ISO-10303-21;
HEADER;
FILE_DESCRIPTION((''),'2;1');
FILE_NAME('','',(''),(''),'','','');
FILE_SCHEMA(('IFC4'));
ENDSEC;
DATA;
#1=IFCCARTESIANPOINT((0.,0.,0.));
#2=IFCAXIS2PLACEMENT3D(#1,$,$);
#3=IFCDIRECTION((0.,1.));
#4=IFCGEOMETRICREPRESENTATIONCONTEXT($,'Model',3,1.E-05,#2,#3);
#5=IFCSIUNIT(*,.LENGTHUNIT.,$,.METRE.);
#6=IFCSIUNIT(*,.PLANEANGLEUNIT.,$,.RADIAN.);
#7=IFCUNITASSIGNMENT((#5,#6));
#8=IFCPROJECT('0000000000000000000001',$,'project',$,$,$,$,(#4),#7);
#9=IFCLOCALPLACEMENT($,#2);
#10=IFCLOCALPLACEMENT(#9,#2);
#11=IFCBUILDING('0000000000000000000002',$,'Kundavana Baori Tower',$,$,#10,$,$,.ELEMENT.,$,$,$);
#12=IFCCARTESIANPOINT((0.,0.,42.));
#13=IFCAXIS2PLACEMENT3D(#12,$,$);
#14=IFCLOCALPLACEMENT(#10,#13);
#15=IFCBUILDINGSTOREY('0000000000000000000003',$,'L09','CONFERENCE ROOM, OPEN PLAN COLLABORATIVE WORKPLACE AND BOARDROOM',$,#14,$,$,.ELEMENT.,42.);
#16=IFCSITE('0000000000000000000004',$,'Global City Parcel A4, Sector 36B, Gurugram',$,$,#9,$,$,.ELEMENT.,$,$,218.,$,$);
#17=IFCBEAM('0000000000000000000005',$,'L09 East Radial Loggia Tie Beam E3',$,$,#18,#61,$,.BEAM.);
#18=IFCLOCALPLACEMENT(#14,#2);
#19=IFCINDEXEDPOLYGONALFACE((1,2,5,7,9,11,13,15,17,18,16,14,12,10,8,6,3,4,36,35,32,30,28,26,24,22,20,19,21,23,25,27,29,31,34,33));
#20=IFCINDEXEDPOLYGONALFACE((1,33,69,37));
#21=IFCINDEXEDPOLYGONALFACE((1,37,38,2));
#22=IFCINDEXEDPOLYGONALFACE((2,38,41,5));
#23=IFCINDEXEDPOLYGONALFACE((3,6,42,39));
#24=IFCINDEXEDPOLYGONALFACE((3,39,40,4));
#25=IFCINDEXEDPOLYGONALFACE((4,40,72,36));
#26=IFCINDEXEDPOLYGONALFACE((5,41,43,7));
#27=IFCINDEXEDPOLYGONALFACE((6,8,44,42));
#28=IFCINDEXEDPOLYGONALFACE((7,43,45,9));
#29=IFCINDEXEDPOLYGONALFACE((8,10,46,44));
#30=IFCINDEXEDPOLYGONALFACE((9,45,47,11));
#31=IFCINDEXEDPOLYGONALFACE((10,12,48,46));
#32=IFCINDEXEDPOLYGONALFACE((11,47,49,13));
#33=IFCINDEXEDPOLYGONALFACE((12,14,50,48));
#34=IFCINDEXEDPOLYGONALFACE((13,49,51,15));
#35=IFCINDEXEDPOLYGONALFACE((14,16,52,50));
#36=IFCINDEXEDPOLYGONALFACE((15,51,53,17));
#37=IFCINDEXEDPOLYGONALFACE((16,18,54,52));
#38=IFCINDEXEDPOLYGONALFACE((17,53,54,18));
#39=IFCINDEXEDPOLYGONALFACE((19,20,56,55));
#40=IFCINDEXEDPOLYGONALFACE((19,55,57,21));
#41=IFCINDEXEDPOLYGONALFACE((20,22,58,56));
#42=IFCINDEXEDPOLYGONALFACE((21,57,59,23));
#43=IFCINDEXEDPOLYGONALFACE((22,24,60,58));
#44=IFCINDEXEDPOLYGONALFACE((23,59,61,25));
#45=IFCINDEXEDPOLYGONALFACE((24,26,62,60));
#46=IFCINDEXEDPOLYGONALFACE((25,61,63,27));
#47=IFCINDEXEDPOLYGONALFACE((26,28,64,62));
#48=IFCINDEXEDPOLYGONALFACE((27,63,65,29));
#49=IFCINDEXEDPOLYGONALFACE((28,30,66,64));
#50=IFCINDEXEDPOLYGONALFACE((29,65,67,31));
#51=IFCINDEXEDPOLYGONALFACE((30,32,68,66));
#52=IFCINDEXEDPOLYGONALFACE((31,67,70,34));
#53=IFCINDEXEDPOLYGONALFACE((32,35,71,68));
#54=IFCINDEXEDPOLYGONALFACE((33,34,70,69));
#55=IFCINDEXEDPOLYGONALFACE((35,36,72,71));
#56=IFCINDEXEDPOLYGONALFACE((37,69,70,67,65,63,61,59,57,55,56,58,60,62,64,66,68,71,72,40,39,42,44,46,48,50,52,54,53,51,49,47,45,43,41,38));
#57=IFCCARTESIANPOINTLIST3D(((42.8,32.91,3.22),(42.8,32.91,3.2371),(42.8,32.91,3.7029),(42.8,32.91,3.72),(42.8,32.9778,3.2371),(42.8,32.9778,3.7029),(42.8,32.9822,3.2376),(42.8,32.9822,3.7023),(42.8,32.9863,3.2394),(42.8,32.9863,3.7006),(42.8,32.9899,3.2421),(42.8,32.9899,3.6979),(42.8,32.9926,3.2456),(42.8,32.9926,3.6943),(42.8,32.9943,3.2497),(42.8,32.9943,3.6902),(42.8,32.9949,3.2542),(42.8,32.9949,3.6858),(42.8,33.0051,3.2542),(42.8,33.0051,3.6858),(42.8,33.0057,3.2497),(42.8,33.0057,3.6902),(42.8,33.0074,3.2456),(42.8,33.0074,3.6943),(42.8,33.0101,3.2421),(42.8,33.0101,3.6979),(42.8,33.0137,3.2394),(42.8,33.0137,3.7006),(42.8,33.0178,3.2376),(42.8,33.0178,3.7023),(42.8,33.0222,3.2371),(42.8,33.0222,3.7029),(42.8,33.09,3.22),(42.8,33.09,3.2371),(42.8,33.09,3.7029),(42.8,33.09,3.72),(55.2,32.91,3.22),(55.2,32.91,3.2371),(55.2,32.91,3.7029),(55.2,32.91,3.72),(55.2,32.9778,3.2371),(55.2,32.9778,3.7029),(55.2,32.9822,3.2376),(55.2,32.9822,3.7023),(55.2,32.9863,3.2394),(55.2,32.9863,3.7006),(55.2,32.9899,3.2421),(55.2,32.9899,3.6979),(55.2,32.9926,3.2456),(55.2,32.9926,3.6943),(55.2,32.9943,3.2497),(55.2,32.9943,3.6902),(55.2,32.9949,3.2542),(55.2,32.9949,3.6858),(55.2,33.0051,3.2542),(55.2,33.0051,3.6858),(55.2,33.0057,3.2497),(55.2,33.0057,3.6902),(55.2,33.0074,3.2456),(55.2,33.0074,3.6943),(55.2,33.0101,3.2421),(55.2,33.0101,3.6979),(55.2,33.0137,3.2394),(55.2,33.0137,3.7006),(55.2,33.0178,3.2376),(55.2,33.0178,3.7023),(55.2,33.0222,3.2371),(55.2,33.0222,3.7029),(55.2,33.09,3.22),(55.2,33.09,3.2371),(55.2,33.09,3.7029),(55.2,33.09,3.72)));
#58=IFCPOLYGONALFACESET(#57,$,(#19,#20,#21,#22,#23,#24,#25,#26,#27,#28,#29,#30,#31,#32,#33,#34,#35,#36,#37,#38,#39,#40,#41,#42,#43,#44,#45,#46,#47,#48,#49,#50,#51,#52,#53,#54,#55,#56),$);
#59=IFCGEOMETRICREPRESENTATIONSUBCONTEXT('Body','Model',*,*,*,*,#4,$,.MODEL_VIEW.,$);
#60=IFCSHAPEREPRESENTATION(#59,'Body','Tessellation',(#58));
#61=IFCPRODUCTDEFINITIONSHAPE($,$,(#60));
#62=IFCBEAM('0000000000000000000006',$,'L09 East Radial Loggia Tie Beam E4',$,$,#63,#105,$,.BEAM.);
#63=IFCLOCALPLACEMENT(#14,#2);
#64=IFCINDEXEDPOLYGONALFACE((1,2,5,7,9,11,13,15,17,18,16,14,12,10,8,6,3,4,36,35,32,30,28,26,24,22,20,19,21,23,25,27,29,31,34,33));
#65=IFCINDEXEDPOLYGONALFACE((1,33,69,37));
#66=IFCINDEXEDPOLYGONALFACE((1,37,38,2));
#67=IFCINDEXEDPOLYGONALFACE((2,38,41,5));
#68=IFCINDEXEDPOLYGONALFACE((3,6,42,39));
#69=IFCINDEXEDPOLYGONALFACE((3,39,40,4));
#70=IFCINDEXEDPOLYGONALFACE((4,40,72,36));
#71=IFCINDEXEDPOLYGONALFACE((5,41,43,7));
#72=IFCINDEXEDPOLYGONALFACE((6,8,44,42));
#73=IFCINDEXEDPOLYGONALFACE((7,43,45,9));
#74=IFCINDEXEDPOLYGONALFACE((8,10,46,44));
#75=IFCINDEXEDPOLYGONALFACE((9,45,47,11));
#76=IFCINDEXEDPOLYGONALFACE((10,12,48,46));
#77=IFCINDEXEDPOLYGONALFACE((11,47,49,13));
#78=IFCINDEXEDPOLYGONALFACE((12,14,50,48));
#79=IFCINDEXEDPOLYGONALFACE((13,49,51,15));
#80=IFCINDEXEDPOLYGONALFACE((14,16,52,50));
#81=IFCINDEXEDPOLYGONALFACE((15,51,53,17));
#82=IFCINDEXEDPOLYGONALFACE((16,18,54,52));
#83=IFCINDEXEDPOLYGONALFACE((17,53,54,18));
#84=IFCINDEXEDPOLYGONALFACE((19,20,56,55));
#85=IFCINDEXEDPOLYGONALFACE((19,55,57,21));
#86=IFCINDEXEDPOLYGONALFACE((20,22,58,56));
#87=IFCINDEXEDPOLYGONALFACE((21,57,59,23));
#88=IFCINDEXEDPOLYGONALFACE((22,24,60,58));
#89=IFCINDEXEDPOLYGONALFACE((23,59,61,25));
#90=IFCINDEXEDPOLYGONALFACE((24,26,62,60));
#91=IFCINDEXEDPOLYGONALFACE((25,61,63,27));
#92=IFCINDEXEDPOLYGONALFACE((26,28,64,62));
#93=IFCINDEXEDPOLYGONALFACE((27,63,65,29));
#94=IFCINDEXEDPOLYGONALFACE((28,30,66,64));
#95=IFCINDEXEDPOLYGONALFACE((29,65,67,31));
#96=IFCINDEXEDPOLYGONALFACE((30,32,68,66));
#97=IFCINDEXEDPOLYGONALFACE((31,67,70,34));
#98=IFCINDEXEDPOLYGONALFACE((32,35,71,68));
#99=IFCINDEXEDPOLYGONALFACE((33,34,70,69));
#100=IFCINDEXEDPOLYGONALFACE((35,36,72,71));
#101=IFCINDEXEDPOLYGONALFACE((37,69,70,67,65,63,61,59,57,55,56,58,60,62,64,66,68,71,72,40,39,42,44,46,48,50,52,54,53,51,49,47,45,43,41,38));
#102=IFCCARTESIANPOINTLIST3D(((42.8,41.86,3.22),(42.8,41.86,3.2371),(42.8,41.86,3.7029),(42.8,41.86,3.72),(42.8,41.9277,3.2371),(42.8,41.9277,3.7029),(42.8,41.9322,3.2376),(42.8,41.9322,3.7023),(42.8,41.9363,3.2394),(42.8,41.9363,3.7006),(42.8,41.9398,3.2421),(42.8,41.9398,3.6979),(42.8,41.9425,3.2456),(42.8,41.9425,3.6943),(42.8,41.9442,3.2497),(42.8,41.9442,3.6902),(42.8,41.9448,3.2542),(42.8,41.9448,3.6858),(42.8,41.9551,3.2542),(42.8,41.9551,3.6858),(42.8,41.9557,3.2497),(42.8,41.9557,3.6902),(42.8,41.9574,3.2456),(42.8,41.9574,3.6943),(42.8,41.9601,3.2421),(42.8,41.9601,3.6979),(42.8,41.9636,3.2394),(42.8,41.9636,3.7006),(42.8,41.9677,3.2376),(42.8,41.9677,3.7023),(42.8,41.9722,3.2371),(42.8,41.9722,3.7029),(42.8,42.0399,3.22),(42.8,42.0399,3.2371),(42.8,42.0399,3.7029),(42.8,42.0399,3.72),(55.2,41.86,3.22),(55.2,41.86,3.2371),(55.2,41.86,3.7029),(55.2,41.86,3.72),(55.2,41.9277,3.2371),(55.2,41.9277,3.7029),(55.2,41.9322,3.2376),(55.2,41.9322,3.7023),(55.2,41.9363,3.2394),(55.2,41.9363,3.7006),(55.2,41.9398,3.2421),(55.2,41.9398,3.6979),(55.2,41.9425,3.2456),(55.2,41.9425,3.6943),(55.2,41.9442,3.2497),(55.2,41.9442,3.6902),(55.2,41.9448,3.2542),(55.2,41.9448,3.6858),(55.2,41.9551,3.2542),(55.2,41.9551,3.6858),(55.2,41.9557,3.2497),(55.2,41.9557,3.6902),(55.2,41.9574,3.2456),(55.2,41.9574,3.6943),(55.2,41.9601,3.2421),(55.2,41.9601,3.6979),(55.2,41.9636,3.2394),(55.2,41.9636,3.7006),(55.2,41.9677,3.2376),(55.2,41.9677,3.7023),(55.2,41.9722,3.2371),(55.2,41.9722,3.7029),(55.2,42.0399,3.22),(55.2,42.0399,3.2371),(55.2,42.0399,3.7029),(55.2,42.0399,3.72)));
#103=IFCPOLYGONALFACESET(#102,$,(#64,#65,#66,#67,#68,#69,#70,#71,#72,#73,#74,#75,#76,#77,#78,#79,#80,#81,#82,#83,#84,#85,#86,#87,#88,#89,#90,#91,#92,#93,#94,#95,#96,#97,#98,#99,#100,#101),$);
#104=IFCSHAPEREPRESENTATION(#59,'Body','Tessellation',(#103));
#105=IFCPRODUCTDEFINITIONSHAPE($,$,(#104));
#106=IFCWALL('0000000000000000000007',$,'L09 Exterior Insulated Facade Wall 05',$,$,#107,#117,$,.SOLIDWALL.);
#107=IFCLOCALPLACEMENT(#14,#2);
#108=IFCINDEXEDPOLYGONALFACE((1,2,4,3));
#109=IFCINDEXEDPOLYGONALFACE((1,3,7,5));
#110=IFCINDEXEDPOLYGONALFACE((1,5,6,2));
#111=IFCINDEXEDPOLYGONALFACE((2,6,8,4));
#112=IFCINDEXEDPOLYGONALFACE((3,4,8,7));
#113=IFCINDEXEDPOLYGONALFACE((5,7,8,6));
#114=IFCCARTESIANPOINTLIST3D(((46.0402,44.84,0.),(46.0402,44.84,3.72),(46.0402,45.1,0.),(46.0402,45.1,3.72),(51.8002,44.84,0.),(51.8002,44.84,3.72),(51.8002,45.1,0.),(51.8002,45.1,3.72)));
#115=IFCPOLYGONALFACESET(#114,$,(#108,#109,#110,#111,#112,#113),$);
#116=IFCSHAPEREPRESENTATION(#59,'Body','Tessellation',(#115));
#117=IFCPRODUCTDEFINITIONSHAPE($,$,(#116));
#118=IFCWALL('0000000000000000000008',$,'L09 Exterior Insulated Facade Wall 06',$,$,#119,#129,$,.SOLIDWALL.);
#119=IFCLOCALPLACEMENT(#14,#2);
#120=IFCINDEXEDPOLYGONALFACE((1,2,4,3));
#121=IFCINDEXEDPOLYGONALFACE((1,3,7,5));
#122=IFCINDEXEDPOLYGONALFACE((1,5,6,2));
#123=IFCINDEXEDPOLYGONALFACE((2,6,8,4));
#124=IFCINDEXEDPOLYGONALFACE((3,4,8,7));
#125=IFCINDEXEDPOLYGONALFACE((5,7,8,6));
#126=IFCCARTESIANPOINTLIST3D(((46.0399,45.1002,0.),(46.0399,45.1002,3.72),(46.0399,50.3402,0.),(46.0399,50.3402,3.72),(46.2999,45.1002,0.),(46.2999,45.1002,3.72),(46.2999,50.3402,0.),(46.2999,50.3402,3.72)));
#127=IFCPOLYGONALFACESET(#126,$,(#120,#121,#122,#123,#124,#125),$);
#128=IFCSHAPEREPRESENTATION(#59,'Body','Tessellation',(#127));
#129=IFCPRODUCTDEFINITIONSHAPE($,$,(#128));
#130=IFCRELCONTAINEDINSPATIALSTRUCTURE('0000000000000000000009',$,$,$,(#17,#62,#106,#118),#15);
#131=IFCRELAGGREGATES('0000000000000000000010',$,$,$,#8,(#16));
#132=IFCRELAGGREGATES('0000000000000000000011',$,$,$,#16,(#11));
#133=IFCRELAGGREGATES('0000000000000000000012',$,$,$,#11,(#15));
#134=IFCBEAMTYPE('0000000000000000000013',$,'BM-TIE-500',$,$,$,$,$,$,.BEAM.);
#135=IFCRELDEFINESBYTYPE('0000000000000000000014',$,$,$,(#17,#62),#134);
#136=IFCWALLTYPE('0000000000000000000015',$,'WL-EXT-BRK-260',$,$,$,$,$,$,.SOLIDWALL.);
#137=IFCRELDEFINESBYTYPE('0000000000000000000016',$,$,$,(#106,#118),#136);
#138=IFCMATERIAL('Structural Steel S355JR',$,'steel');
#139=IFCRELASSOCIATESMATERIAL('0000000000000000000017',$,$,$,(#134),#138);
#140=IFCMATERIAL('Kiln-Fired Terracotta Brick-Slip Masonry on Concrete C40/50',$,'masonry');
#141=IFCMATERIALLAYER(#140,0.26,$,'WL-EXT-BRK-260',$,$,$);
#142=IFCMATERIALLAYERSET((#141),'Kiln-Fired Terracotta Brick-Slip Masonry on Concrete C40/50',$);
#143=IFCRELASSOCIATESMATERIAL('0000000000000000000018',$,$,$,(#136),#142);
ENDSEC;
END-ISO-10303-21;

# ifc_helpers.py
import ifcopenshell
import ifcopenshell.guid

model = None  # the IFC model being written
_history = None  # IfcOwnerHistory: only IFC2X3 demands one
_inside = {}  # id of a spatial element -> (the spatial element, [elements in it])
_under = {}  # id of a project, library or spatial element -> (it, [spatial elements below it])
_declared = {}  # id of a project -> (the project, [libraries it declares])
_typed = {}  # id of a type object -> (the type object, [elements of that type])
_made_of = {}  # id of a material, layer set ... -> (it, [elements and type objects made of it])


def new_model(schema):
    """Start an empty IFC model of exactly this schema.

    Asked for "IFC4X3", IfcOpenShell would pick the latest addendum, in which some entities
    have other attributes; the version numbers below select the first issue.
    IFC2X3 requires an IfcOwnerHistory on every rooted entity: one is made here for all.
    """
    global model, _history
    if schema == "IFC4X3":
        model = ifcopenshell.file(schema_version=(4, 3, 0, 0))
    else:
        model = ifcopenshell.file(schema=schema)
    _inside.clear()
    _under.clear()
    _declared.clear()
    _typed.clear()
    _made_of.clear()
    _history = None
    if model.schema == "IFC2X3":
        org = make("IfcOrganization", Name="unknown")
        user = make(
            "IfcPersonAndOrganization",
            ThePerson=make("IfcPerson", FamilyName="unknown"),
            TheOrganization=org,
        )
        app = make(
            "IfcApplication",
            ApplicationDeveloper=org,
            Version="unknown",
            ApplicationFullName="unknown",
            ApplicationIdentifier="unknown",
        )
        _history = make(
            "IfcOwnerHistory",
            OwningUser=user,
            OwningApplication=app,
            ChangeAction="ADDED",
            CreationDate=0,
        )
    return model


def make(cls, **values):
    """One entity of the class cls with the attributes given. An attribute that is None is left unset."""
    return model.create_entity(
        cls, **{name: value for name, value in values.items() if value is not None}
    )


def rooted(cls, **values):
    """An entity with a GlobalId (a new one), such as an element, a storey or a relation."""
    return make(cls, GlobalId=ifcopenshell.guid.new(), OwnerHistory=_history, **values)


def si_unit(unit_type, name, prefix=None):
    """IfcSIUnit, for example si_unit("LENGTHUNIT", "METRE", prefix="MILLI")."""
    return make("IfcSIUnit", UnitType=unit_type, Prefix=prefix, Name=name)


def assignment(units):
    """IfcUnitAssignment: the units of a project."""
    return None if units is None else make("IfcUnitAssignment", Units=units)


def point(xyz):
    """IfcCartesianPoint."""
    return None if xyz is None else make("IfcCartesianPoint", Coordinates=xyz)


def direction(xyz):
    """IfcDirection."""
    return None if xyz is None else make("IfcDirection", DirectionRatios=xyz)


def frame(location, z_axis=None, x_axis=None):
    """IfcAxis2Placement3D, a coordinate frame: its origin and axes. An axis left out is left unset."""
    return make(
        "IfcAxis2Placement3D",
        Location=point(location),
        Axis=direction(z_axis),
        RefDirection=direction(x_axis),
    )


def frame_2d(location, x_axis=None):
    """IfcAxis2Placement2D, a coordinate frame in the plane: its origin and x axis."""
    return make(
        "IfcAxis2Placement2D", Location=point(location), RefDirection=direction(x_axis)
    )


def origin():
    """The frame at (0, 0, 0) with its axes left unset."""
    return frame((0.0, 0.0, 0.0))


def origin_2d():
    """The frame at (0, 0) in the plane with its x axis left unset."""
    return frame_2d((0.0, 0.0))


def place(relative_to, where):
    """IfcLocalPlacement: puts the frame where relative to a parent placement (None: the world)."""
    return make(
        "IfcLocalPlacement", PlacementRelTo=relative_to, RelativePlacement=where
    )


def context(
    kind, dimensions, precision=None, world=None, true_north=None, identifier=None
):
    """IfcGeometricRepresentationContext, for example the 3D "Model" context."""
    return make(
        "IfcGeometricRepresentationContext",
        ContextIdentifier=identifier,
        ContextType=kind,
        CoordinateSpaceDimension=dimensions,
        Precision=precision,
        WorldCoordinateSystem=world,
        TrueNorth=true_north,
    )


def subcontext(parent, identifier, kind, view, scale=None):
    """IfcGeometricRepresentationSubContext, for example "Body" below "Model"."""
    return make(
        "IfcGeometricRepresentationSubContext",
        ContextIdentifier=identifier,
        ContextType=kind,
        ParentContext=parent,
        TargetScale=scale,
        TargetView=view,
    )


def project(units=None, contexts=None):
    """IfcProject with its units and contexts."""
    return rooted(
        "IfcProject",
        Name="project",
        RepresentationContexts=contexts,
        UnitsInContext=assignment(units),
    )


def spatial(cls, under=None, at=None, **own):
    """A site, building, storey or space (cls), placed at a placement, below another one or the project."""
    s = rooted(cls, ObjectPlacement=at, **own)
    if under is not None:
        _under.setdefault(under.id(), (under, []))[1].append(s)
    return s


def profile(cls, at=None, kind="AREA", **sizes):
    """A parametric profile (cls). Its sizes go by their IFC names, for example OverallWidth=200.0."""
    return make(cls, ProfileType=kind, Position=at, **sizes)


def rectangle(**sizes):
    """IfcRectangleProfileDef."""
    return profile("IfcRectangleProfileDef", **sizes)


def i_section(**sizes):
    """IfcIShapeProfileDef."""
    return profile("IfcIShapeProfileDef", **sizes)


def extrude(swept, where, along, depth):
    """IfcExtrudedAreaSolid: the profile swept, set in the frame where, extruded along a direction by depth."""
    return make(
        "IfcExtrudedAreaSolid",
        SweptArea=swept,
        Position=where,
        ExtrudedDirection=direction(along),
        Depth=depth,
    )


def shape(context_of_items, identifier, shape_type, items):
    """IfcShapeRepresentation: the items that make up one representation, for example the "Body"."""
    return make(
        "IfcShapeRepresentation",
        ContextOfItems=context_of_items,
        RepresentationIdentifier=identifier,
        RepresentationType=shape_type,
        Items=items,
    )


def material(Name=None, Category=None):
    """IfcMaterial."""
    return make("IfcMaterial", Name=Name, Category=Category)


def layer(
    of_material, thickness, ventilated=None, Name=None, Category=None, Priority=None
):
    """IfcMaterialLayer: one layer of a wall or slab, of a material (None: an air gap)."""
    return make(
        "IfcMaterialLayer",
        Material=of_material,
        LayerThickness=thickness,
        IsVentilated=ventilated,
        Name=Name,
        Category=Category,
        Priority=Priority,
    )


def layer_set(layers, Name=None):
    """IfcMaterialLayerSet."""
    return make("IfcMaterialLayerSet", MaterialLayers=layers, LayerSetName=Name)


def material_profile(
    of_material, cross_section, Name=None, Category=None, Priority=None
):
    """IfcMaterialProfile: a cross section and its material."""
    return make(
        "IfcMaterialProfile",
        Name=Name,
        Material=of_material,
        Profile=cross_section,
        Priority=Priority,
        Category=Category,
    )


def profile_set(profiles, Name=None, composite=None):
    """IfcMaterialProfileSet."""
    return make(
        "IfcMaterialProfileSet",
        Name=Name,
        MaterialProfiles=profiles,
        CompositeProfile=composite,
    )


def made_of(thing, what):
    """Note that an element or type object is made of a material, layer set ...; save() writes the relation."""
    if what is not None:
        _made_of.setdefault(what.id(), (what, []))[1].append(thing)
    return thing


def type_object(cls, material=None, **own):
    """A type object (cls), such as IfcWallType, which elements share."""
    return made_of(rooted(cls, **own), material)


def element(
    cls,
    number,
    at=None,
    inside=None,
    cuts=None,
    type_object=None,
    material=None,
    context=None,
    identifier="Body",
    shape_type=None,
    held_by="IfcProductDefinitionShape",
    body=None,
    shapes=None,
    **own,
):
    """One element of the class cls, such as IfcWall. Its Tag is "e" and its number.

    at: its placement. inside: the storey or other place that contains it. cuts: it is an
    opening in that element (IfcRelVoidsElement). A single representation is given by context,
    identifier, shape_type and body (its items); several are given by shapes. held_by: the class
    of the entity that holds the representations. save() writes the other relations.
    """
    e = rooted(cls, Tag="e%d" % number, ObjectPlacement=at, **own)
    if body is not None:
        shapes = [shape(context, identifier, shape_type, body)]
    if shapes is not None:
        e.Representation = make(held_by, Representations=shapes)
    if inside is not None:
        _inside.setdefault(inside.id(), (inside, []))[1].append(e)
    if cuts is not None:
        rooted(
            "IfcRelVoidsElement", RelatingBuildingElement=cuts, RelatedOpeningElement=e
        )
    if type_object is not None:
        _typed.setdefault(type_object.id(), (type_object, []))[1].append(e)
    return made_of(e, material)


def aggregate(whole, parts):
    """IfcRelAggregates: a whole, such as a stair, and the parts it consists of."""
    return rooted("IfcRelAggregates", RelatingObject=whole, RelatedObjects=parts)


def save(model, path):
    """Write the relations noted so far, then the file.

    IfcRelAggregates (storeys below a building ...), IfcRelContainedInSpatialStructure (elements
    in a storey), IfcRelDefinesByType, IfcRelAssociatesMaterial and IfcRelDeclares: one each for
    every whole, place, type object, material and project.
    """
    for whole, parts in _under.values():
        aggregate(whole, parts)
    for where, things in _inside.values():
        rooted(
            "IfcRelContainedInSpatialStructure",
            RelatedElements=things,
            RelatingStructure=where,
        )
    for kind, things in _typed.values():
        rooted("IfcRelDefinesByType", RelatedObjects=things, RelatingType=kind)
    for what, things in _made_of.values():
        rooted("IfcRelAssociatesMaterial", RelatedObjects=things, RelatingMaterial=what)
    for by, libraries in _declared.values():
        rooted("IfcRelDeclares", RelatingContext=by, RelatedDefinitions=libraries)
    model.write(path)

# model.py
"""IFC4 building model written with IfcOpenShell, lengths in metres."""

from ifc_helpers import new_model, si_unit, direction, frame, frame_2d, origin, origin_2d, place, context, subcontext, project, spatial, rectangle, i_section, extrude, material, layer, layer_set, material_profile, profile_set, type_object, element, save


model = new_model("IFC4")

# Units and contexts
model_context = context("Model", 3, precision=1e-05, world=origin(), true_north=direction((0.0, 1.0)))
body_context = subcontext(model_context, "Body", "Model", "MODEL_VIEW")
ifc_project = project(units=[si_unit("LENGTHUNIT", "METRE"), si_unit("PLANEANGLEUNIT", "RADIAN")], contexts=[model_context])

# Site, building, storey
site_placement = place(None, origin())
site = spatial("IfcSite", under=ifc_project, at=site_placement, Name="Global City Parcel A4, Sector 36B, Gurugram", CompositionType="ELEMENT", RefElevation=218.0)
building_placement = place(site_placement, origin())
building = spatial("IfcBuilding", under=site, at=building_placement, Name="Kundavana Baori Tower", CompositionType="ELEMENT")
storey_placement = place(building_placement, frame((0.0, 0.0, 42.0)))
storey = spatial("IfcBuildingStorey", under=building, at=storey_placement, Name="L09", Description="CONFERENCE ROOM, OPEN PLAN COLLABORATIVE WORKPLACE AND BOARDROOM", CompositionType="ELEMENT", Elevation=42.0)

# Beams
ifc_material_1 = material(Name="Structural Steel S355JR", Category="steel")
ifc_material_profile_1 = material_profile(ifc_material_1, i_section(OverallWidth=0.1799, OverallDepth=0.5, WebThickness=0.0103, FlangeThickness=0.0171, FilletRadius=0.0171, at=origin_2d()), Name="ISMB 500")
ifc_profile_set_1 = profile_set([ifc_material_profile_1], Name="Structural Steel S355JR")
beam_type_1 = type_object("IfcBeamType", Name="BM-TIE-500", PredefinedType="BEAM", material=ifc_profile_set_1)
for number, where, z_axis, x_axis, name in (
    (1, (42.8, 33.0, 3.47), (1.0, 0.0, 0.0), (0.0, 1.0, 0.0), "L09 East Radial Loggia Tie Beam E3"),
    (2, (42.8, 41.95, 3.47), (1.0, 0.0, 0.0), (0.0, 1.0, 0.0), "L09 East Radial Loggia Tie Beam E4"),
):
    element("IfcBeam", number, at=place(storey_placement, frame(where, z_axis=z_axis, x_axis=x_axis)), inside=storey, type_object=beam_type_1, Name=name, PredefinedType="BEAM", context=body_context, shape_type="SweptSolid", body=[
        extrude(i_section(OverallWidth=0.1799, OverallDepth=0.5, WebThickness=0.0103, FlangeThickness=0.0171, FilletRadius=0.0171, at=origin_2d()), origin(), (0.0, 0.0, 1.0), 12.3999),
    ])

# Walls
ifc_material_2 = material(Name="Kiln-Fired Terracotta Brick-Slip Masonry on Concrete C40/50", Category="masonry")
ifc_layer_1 = layer(ifc_material_2, 0.26, Name="WL-EXT-BRK-260")
ifc_layer_set_1 = layer_set([ifc_layer_1], Name="Kiln-Fired Terracotta Brick-Slip Masonry on Concrete C40/50")
wall_type_1 = type_object("IfcWallType", Name="WL-EXT-BRK-260", PredefinedType="SOLIDWALL", material=ifc_layer_set_1)
wall_1_placement = place(storey_placement, frame((51.8, 44.97, 0.0), z_axis=(0.0, 0.0, 1.0), x_axis=(-1.0, 0.0, 0.0)))
element("IfcWall", 3, at=wall_1_placement, inside=storey, type_object=wall_type_1, Name="L09 Exterior Insulated Facade Wall 05", PredefinedType="SOLIDWALL", context=body_context, shape_type="SweptSolid", body=[
    extrude(rectangle(XDim=5.76, YDim=0.26, at=frame_2d((2.8799, 0.0))), origin(), (0.0, 0.0, 1.0), 3.72),
])
wall_2_placement = place(storey_placement, frame((46.1699, 45.1001, 0.0), z_axis=(0.0, 0.0, 1.0), x_axis=(0.0, 1.0, 0.0)))
element("IfcWall", 4, at=wall_2_placement, inside=storey, type_object=wall_type_1, Name="L09 Exterior Insulated Facade Wall 06", PredefinedType="SOLIDWALL", context=body_context, shape_type="SweptSolid", body=[
    extrude(rectangle(XDim=5.24, YDim=0.26, at=frame_2d((2.6201, 0.0))), origin(), (0.0, 0.0, 1.0), 3.72),
])

save(model, "model.ifc")
